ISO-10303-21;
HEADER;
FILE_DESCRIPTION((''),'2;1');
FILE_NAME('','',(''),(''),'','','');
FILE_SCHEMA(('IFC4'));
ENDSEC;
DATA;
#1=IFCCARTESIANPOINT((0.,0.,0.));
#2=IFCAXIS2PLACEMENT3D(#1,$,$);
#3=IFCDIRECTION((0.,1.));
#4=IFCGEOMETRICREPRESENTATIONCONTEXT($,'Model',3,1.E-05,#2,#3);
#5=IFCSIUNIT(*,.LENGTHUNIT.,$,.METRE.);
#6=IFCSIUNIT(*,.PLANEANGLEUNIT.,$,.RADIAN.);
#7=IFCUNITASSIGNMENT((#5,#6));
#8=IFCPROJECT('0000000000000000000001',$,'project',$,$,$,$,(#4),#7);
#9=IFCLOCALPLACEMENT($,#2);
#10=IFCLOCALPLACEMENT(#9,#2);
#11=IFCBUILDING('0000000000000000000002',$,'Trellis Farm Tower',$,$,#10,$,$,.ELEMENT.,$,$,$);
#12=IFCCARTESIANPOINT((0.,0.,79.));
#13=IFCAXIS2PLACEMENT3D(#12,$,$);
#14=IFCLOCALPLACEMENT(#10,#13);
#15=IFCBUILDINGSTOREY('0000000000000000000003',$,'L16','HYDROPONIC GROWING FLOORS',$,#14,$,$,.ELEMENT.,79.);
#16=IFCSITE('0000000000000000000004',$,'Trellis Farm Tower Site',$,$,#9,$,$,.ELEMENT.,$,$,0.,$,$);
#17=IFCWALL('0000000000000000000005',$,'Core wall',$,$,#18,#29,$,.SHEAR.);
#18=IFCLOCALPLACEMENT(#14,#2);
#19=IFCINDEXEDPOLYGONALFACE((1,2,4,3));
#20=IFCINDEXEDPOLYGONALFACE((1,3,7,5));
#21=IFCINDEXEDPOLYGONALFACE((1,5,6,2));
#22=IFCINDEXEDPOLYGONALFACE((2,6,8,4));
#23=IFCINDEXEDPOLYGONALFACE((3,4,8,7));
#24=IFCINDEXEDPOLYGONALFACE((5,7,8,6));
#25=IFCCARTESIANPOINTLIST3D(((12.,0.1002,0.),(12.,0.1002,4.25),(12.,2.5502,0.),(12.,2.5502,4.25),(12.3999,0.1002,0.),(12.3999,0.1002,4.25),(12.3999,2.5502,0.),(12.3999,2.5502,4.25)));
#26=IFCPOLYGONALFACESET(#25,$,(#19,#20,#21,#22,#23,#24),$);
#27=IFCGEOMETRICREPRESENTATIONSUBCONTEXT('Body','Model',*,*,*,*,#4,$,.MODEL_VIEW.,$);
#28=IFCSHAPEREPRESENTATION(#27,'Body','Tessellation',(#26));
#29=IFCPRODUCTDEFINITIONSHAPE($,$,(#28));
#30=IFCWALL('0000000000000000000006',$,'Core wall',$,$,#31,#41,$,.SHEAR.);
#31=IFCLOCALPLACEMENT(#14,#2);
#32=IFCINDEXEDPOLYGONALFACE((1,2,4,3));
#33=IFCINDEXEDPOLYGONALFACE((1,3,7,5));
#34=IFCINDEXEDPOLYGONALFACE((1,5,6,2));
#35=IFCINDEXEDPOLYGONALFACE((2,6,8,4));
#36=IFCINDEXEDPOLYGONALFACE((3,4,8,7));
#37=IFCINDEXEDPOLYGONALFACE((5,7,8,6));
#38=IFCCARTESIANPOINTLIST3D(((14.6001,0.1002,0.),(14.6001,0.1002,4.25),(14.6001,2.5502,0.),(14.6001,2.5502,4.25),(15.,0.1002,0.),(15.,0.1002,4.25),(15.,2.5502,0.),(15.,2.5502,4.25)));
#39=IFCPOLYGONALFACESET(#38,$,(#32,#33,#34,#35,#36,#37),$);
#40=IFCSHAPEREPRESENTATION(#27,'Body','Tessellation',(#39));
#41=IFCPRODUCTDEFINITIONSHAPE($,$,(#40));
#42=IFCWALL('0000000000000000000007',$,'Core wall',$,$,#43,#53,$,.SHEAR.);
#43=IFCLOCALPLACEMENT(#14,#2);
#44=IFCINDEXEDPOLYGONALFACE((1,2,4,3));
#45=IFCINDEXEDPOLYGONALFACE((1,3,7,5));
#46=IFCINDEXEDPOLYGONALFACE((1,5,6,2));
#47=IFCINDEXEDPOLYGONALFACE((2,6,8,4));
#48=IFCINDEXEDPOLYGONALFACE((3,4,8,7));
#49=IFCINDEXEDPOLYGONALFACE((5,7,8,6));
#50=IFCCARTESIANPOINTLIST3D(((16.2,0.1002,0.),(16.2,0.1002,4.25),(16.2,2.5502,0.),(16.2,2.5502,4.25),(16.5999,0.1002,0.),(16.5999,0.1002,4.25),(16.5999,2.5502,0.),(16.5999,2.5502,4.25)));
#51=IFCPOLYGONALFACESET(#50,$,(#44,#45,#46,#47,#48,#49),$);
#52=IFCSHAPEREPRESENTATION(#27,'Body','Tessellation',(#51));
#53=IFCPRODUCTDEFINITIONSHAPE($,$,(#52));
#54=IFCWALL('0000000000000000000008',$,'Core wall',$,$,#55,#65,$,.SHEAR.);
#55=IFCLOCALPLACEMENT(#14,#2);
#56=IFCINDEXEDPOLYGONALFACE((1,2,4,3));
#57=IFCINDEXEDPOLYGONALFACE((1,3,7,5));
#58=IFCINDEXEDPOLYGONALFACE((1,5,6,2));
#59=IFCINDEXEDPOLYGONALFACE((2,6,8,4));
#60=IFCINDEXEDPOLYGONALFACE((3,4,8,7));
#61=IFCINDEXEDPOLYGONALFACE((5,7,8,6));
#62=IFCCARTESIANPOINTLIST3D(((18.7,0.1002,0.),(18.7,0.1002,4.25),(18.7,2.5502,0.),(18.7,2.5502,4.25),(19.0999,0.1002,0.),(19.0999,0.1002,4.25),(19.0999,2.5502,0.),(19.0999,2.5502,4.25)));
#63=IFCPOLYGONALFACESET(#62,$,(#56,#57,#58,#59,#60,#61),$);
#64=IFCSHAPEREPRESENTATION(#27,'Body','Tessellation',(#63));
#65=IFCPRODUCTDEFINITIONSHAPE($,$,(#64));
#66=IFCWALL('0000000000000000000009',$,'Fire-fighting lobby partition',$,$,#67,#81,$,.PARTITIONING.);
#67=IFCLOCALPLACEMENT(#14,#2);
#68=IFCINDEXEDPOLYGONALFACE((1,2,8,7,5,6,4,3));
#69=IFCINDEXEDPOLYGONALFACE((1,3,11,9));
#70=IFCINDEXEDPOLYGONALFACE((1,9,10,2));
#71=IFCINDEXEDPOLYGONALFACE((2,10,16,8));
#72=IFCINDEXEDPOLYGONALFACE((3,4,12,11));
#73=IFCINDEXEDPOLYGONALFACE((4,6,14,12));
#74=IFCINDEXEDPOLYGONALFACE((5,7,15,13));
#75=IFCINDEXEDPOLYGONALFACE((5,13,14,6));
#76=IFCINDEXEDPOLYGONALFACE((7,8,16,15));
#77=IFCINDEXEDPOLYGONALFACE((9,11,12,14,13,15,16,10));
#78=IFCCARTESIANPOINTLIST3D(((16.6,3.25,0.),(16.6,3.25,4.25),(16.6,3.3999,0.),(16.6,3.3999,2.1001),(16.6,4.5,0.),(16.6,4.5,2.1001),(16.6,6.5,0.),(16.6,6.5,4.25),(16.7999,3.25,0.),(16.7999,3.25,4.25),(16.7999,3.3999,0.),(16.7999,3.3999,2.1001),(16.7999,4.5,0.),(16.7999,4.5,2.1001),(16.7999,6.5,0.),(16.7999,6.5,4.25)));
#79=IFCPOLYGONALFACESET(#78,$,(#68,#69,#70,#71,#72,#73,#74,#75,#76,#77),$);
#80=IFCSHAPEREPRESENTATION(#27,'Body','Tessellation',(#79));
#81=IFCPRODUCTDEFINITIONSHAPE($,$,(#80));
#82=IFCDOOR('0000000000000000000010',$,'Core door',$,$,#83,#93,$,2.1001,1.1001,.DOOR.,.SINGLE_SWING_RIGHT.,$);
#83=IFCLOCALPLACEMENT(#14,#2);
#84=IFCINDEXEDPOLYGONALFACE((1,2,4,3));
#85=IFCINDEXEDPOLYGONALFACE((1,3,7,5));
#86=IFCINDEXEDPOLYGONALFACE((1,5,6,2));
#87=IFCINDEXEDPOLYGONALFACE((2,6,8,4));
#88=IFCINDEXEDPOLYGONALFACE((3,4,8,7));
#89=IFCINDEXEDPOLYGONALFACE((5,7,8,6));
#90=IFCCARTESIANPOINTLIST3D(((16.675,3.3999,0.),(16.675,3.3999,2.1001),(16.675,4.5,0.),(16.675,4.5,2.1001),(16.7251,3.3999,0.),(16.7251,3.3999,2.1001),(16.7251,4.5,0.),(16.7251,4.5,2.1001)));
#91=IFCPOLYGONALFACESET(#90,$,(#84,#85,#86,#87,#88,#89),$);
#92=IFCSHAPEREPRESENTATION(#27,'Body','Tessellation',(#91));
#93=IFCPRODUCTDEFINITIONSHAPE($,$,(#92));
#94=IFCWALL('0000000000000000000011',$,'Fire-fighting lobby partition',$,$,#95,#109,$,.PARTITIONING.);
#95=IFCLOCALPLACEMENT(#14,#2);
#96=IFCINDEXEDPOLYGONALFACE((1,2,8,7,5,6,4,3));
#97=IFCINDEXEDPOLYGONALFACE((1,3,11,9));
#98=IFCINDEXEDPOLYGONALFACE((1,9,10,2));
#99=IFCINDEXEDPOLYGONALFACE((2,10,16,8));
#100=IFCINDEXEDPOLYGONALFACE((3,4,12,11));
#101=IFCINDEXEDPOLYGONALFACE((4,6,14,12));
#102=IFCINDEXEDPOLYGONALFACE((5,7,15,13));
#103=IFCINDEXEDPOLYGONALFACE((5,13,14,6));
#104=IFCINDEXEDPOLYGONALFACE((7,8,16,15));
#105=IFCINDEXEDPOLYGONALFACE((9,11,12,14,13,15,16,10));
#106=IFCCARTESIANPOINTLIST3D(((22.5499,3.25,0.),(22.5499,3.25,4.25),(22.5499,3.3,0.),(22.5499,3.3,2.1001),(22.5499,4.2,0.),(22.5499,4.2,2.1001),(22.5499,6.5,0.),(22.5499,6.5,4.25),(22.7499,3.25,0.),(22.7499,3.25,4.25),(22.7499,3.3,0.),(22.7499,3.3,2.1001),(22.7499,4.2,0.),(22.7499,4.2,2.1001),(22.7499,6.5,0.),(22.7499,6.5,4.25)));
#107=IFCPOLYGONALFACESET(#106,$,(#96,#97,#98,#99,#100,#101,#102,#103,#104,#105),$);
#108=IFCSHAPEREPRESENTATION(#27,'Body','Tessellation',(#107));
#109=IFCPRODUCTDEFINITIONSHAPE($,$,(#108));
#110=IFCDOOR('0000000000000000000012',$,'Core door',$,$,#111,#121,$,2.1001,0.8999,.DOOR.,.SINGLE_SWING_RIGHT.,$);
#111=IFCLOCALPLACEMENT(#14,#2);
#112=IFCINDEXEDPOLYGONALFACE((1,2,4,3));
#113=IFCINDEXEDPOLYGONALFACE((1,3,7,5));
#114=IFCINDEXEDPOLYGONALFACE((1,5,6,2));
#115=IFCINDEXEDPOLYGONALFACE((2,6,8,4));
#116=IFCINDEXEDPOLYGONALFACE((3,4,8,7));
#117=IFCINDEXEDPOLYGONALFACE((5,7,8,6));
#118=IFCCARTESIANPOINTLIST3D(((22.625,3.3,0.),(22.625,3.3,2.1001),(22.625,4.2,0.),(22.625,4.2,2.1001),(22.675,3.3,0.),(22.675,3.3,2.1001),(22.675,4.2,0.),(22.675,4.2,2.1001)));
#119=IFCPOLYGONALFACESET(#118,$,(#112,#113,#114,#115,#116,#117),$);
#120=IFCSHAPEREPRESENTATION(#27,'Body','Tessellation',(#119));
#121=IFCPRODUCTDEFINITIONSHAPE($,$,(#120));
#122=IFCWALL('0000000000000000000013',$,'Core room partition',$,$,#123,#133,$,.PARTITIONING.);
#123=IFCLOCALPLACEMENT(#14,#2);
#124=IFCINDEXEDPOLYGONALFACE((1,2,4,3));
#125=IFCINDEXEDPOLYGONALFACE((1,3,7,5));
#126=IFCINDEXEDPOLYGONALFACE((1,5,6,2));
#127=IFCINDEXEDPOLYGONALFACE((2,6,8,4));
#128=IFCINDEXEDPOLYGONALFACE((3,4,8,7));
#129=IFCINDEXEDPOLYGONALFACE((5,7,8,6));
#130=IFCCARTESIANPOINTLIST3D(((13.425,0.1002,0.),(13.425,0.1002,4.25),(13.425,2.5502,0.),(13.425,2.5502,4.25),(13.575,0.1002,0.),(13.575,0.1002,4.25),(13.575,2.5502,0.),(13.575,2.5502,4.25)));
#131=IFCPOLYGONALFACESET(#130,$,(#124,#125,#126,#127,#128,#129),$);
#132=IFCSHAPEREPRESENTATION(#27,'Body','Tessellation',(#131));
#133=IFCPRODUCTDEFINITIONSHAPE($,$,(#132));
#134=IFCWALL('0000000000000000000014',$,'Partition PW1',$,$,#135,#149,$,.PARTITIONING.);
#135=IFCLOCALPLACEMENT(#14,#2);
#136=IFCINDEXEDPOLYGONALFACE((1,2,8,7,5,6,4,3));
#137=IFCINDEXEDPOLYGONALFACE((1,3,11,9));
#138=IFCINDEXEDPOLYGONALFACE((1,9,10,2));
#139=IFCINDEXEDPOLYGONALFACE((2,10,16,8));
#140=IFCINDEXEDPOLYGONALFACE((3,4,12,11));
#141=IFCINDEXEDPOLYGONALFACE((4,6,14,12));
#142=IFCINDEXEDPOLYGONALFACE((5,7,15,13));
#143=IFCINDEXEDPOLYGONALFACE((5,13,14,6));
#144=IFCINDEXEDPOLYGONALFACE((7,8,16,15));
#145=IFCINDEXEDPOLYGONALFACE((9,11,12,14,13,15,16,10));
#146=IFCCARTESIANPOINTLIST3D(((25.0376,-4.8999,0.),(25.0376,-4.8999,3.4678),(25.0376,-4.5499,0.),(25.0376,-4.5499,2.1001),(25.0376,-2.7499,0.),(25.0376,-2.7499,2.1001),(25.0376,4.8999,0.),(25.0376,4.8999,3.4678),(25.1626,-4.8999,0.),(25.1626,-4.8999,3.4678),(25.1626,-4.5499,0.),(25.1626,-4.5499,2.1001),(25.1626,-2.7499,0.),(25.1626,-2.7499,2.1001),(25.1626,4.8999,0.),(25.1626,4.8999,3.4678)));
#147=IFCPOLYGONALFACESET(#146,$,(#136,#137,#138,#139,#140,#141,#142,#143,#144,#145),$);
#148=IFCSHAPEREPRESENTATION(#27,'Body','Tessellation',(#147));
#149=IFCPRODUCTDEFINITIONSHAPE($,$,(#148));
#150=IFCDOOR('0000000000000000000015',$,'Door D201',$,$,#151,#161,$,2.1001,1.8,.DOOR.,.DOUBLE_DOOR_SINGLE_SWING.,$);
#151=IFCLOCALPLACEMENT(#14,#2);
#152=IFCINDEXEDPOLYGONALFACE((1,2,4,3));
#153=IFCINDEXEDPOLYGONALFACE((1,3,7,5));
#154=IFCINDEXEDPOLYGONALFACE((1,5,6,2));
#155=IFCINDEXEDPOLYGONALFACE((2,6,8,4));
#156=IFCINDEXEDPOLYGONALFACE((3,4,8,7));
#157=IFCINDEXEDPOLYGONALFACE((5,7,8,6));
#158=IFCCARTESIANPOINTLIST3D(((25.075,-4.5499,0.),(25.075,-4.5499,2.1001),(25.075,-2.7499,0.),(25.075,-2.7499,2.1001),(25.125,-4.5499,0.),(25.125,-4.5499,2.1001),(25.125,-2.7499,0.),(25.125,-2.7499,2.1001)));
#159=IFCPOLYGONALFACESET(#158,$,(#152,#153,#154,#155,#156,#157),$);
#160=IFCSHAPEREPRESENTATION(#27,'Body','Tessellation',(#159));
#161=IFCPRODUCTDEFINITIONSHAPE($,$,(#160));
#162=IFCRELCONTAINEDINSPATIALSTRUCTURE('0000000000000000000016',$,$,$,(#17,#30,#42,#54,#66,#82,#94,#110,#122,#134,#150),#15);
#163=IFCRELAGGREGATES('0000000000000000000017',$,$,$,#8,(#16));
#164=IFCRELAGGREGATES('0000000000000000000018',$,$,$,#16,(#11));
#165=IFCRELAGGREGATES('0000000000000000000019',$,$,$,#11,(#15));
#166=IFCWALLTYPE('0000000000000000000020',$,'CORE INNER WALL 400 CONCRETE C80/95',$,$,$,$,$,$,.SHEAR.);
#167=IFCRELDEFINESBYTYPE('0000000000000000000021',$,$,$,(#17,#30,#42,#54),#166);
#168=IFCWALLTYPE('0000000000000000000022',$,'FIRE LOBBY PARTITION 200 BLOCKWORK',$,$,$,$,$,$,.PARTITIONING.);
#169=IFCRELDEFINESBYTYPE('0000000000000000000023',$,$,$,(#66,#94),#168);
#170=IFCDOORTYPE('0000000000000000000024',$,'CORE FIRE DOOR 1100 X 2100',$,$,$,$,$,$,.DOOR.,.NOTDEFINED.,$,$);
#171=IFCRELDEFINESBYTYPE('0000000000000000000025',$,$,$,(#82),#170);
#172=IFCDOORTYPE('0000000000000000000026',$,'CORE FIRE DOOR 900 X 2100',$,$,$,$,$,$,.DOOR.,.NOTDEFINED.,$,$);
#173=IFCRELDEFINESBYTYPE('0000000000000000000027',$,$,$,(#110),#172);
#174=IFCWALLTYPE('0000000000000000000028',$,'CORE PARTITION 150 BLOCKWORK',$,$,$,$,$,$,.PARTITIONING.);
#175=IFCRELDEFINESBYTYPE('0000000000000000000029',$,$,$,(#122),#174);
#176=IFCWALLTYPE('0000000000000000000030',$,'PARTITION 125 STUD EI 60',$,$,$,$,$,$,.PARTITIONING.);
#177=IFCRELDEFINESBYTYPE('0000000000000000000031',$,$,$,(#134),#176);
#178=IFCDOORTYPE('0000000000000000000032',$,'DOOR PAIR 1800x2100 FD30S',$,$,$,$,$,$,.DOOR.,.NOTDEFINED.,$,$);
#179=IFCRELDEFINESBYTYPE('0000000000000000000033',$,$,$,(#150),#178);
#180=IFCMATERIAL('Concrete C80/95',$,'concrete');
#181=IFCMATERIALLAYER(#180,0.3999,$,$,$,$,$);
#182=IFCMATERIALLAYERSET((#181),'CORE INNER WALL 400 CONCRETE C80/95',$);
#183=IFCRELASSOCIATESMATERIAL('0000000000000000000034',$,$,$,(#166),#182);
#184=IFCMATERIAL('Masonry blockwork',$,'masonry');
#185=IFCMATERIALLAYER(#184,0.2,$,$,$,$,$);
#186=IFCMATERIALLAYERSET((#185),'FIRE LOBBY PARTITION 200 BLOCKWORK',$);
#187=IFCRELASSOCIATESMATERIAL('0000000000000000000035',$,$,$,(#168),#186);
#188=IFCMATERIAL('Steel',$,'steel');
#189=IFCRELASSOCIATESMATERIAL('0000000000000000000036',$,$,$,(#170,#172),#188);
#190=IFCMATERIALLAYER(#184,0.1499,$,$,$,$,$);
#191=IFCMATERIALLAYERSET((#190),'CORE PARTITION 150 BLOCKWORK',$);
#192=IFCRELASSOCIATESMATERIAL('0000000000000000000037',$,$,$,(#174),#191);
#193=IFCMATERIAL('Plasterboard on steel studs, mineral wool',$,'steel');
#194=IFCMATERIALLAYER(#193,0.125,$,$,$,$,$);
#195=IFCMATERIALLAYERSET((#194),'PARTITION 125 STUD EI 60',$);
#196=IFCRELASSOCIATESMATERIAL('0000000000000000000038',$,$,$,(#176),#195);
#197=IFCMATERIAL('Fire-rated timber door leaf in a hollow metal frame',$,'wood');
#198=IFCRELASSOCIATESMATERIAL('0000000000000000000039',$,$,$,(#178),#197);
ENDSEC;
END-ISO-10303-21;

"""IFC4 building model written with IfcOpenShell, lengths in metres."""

from ifc_helpers import new_model, si_unit, direction, frame, frame_2d, origin, place, context, subcontext, project, spatial, rectangle, extrude, source, transform, mapped, material, layer, layer_set, type_object, element, fill, save


model = new_model("IFC4")

# Units and contexts
model_context = context("Model", 3, precision=1e-05, world=origin(), true_north=direction((0.0, 1.0)))
body_context = subcontext(model_context, "Body", "Model", "MODEL_VIEW")
ifc_project = project(units=[si_unit("LENGTHUNIT", "METRE"), si_unit("PLANEANGLEUNIT", "RADIAN")], contexts=[model_context])

# Site, building, storey
site_placement = place(None, origin())
site = spatial("IfcSite", under=ifc_project, at=site_placement, Name="Trellis Farm Tower Site", CompositionType="ELEMENT", RefElevation=0.0)
building_placement = place(site_placement, origin())
building = spatial("IfcBuilding", under=site, at=building_placement, Name="Trellis Farm Tower", CompositionType="ELEMENT")
storey_placement = place(building_placement, frame((0.0, 0.0, 79.0)))
storey = spatial("IfcBuildingStorey", under=building, at=storey_placement, Name="L16", Description="HYDROPONIC GROWING FLOORS", CompositionType="ELEMENT", Elevation=79.0)

# Shared definitions
ifc_material_1 = material(Name="Concrete C80/95", Category="concrete")

# Walls
ifc_layer_1 = layer(ifc_material_1, 0.3999)
ifc_layer_set_1 = layer_set([ifc_layer_1], Name="CORE INNER WALL 400 CONCRETE C80/95")
wall_type_1 = type_object("IfcWallType", Name="CORE INNER WALL 400 CONCRETE C80/95", PredefinedType="SHEAR", material=ifc_layer_set_1)
shared_shape_1 = source(origin(), body_context, "Body", "SweptSolid", [
    extrude(rectangle(XDim=2.45, YDim=0.3999, at=frame_2d((1.2251, 0.0))), origin(), (0.0, 0.0, 1.0), 4.25),
])
for number, where, z_axis, x_axis, name in (
    (1, (12.2, 0.1001, 0.0), (0.0, 0.0, 1.0), (0.0, 1.0, 0.0), "Core wall"),
    (2, (14.8, 0.1001, 0.0), (0.0, 0.0, 1.0), (0.0, 1.0, 0.0), "Core wall"),
    (3, (16.3999, 0.1001, 0.0), (0.0, 0.0, 1.0), (0.0, 1.0, 0.0), "Core wall"),
    (4, (18.8999, 0.1001, 0.0), (0.0, 0.0, 1.0), (0.0, 1.0, 0.0), "Core wall"),
):
    element("IfcWall", number, at=place(storey_placement, frame(where, z_axis=z_axis, x_axis=x_axis)), inside=storey, type_object=wall_type_1, Name=name, PredefinedType="SHEAR", context=body_context, shape_type="MappedRepresentation", body=[
        mapped(shared_shape_1, transform((0.0, 0.0, 0.0))),
    ])

# Walls, openings, doors
ifc_material_2 = material(Name="Masonry blockwork", Category="masonry")
ifc_layer_2 = layer(ifc_material_2, 0.2)
ifc_layer_set_2 = layer_set([ifc_layer_2], Name="FIRE LOBBY PARTITION 200 BLOCKWORK")
wall_type_2 = type_object("IfcWallType", Name="FIRE LOBBY PARTITION 200 BLOCKWORK", PredefinedType="PARTITIONING", material=ifc_layer_set_2)
shared_shape_2 = source(origin(), body_context, "Body", "SweptSolid", [
    extrude(rectangle(XDim=3.25, YDim=0.2, at=frame_2d((1.625, 0.0))), origin(), (0.0, 0.0, 1.0), 4.25),
])
wall_1_placement = place(storey_placement, frame((16.7, 3.25, 0.0), z_axis=(0.0, 0.0, 1.0), x_axis=(0.0, 1.0, 0.0)))
wall_1 = element("IfcWall", 5, at=wall_1_placement, inside=storey, type_object=wall_type_2, Name="Fire-fighting lobby partition", PredefinedType="PARTITIONING", context=body_context, shape_type="MappedRepresentation", body=[
    mapped(shared_shape_2, transform((0.0, 0.0, 0.0))),
])
shared_shape_3 = source(origin(), body_context, "Body", "SweptSolid", [
    extrude(rectangle(XDim=1.1001, YDim=2.1001, at=frame_2d((0.55, 1.05))), frame((0.0, 0.1101, 0.0), z_axis=(0.0, -1.0, 0.0), x_axis=(1.0, 0.0, 0.0)), (0.0, 0.0, 1.0), 0.2202),
])
opening_1_placement = place(wall_1_placement, frame((0.1499, 0.0, 0.0)))
opening_1 = element("IfcOpeningElement", 6, at=opening_1_placement, cuts=wall_1, PredefinedType="OPENING", context=body_context, shape_type="MappedRepresentation", body=[
    mapped(shared_shape_3, transform((0.0, 0.0, 0.0))),
])
ifc_material_3 = material(Name="Steel", Category="steel")
door_type_1 = type_object("IfcDoorType", Name="CORE FIRE DOOR 1100 X 2100", OperationType="NOTDEFINED", PredefinedType="DOOR", material=ifc_material_3)
shared_shape_4 = source(origin(), body_context, "Body", "SweptSolid", [
    extrude(rectangle(XDim=1.1001, YDim=2.1001, at=frame_2d((0.55, 1.05))), frame((0.0, 0.0249, 0.0), z_axis=(0.0, -1.0, 0.0), x_axis=(1.0, 0.0, 0.0)), (0.0, 0.0, 1.0), 0.05),
])
door_1_placement = place(opening_1_placement, origin())
door_1 = element("IfcDoor", 7, at=door_1_placement, inside=storey, type_object=door_type_1, Name="Core door", OperationType="SINGLE_SWING_RIGHT", OverallHeight=2.1001, OverallWidth=1.1001, PredefinedType="DOOR", context=body_context, shape_type="MappedRepresentation", body=[
    mapped(shared_shape_4, transform((0.0, 0.0, 0.0))),
])
fill(opening_1, door_1)
wall_2_placement = place(storey_placement, frame((22.6499, 3.25, 0.0), z_axis=(0.0, 0.0, 1.0), x_axis=(0.0, 1.0, 0.0)))
wall_2 = element("IfcWall", 8, at=wall_2_placement, inside=storey, type_object=wall_type_2, Name="Fire-fighting lobby partition", PredefinedType="PARTITIONING", context=body_context, shape_type="MappedRepresentation", body=[
    mapped(shared_shape_2, transform((0.0, 0.0, 0.0))),
])
shared_shape_5 = source(origin(), body_context, "Body", "SweptSolid", [
    extrude(rectangle(XDim=0.8999, YDim=2.1001, at=frame_2d((0.45, 1.05))), frame((0.0, 0.1101, 0.0), z_axis=(0.0, -1.0, 0.0), x_axis=(1.0, 0.0, 0.0)), (0.0, 0.0, 1.0), 0.2202),
])
opening_2_placement = place(wall_2_placement, frame((0.05, 0.0, 0.0)))
opening_2 = element("IfcOpeningElement", 9, at=opening_2_placement, cuts=wall_2, PredefinedType="OPENING", context=body_context, shape_type="MappedRepresentation", body=[
    mapped(shared_shape_5, transform((0.0, 0.0, 0.0))),
])
door_type_2 = type_object("IfcDoorType", Name="CORE FIRE DOOR 900 X 2100", OperationType="NOTDEFINED", PredefinedType="DOOR", material=ifc_material_3)
shared_shape_6 = source(origin(), body_context, "Body", "SweptSolid", [
    extrude(rectangle(XDim=0.8999, YDim=2.1001, at=frame_2d((0.45, 1.05))), frame((0.0, 0.0249, 0.0), z_axis=(0.0, -1.0, 0.0), x_axis=(1.0, 0.0, 0.0)), (0.0, 0.0, 1.0), 0.05),
])
door_2_placement = place(opening_2_placement, origin())
door_2 = element("IfcDoor", 10, at=door_2_placement, inside=storey, type_object=door_type_2, Name="Core door", OperationType="SINGLE_SWING_RIGHT", OverallHeight=2.1001, OverallWidth=0.8999, PredefinedType="DOOR", context=body_context, shape_type="MappedRepresentation", body=[
    mapped(shared_shape_6, transform((0.0, 0.0, 0.0))),
])
fill(opening_2, door_2)

# Wall
ifc_layer_3 = layer(ifc_material_2, 0.1499)
ifc_layer_set_3 = layer_set([ifc_layer_3], Name="CORE PARTITION 150 BLOCKWORK")
wall_type_3 = type_object("IfcWallType", Name="CORE PARTITION 150 BLOCKWORK", PredefinedType="PARTITIONING", material=ifc_layer_set_3)
shared_shape_7 = source(origin(), body_context, "Body", "SweptSolid", [
    extrude(rectangle(XDim=2.45, YDim=0.1499, at=frame_2d((1.2251, 0.0))), origin(), (0.0, 0.0, 1.0), 4.25),
])
wall_3_placement = place(storey_placement, frame((13.5, 0.1001, 0.0), z_axis=(0.0, 0.0, 1.0), x_axis=(0.0, 1.0, 0.0)))
element("IfcWall", 11, at=wall_3_placement, inside=storey, type_object=wall_type_3, Name="Core room partition", PredefinedType="PARTITIONING", context=body_context, shape_type="MappedRepresentation", body=[
    mapped(shared_shape_7, transform((0.0, 0.0, 0.0))),
])

# Wall, opening, door
ifc_material_4 = material(Name="Plasterboard on steel studs, mineral wool", Category="steel")
ifc_layer_4 = layer(ifc_material_4, 0.125)
ifc_layer_set_4 = layer_set([ifc_layer_4], Name="PARTITION 125 STUD EI 60")
wall_type_4 = type_object("IfcWallType", Name="PARTITION 125 STUD EI 60", PredefinedType="PARTITIONING", material=ifc_layer_set_4)
shared_shape_8 = source(origin(), body_context, "Body", "SweptSolid", [
    extrude(rectangle(XDim=9.7998, YDim=0.125, at=frame_2d((4.8999, 0.0))), origin(), (0.0, 0.0, 1.0), 3.4678),
])
wall_4_placement = place(storey_placement, frame((25.1001, 4.8999, 0.0), z_axis=(0.0, 0.0, 1.0), x_axis=(0.0, -1.0, 0.0)))
wall_4 = element("IfcWall", 12, at=wall_4_placement, inside=storey, type_object=wall_type_4, Name="Partition PW1", PredefinedType="PARTITIONING", context=body_context, shape_type="MappedRepresentation", body=[
    mapped(shared_shape_8, transform((0.0, 0.0, 0.0))),
])
shared_shape_9 = source(origin(), body_context, "Body", "SweptSolid", [
    extrude(rectangle(XDim=1.8, YDim=2.1001, at=frame_2d((0.8999, 1.05))), frame((0.0, 0.0725, 0.0), z_axis=(0.0, -1.0, 0.0), x_axis=(1.0, 0.0, 0.0)), (0.0, 0.0, 1.0), 0.145),
])
opening_3_placement = place(wall_4_placement, frame((7.6499, 0.0, 0.0)))
opening_3 = element("IfcOpeningElement", 13, at=opening_3_placement, cuts=wall_4, PredefinedType="OPENING", context=body_context, shape_type="MappedRepresentation", body=[
    mapped(shared_shape_9, transform((0.0, 0.0, 0.0))),
])
ifc_material_5 = material(Name="Fire-rated timber door leaf in a hollow metal frame", Category="wood")
door_type_3 = type_object("IfcDoorType", Name="DOOR PAIR 1800x2100 FD30S", OperationType="NOTDEFINED", PredefinedType="DOOR", material=ifc_material_5)
shared_shape_10 = source(origin(), body_context, "Body", "SweptSolid", [
    extrude(rectangle(XDim=1.8, YDim=2.1001, at=frame_2d((0.8999, 1.05))), frame((0.0, 0.0249, 0.0), z_axis=(0.0, -1.0, 0.0), x_axis=(1.0, 0.0, 0.0)), (0.0, 0.0, 1.0), 0.05),
])
door_3_placement = place(opening_3_placement, origin())
door_3 = element("IfcDoor", 14, at=door_3_placement, inside=storey, type_object=door_type_3, Name="Door D201", OperationType="DOUBLE_DOOR_SINGLE_SWING", OverallHeight=2.1001, OverallWidth=1.8, PredefinedType="DOOR", context=body_context, shape_type="MappedRepresentation", body=[
    mapped(shared_shape_10, transform((0.0, 0.0, 0.0))),
])
fill(opening_3, door_3)

save(model, "model.ifc")
